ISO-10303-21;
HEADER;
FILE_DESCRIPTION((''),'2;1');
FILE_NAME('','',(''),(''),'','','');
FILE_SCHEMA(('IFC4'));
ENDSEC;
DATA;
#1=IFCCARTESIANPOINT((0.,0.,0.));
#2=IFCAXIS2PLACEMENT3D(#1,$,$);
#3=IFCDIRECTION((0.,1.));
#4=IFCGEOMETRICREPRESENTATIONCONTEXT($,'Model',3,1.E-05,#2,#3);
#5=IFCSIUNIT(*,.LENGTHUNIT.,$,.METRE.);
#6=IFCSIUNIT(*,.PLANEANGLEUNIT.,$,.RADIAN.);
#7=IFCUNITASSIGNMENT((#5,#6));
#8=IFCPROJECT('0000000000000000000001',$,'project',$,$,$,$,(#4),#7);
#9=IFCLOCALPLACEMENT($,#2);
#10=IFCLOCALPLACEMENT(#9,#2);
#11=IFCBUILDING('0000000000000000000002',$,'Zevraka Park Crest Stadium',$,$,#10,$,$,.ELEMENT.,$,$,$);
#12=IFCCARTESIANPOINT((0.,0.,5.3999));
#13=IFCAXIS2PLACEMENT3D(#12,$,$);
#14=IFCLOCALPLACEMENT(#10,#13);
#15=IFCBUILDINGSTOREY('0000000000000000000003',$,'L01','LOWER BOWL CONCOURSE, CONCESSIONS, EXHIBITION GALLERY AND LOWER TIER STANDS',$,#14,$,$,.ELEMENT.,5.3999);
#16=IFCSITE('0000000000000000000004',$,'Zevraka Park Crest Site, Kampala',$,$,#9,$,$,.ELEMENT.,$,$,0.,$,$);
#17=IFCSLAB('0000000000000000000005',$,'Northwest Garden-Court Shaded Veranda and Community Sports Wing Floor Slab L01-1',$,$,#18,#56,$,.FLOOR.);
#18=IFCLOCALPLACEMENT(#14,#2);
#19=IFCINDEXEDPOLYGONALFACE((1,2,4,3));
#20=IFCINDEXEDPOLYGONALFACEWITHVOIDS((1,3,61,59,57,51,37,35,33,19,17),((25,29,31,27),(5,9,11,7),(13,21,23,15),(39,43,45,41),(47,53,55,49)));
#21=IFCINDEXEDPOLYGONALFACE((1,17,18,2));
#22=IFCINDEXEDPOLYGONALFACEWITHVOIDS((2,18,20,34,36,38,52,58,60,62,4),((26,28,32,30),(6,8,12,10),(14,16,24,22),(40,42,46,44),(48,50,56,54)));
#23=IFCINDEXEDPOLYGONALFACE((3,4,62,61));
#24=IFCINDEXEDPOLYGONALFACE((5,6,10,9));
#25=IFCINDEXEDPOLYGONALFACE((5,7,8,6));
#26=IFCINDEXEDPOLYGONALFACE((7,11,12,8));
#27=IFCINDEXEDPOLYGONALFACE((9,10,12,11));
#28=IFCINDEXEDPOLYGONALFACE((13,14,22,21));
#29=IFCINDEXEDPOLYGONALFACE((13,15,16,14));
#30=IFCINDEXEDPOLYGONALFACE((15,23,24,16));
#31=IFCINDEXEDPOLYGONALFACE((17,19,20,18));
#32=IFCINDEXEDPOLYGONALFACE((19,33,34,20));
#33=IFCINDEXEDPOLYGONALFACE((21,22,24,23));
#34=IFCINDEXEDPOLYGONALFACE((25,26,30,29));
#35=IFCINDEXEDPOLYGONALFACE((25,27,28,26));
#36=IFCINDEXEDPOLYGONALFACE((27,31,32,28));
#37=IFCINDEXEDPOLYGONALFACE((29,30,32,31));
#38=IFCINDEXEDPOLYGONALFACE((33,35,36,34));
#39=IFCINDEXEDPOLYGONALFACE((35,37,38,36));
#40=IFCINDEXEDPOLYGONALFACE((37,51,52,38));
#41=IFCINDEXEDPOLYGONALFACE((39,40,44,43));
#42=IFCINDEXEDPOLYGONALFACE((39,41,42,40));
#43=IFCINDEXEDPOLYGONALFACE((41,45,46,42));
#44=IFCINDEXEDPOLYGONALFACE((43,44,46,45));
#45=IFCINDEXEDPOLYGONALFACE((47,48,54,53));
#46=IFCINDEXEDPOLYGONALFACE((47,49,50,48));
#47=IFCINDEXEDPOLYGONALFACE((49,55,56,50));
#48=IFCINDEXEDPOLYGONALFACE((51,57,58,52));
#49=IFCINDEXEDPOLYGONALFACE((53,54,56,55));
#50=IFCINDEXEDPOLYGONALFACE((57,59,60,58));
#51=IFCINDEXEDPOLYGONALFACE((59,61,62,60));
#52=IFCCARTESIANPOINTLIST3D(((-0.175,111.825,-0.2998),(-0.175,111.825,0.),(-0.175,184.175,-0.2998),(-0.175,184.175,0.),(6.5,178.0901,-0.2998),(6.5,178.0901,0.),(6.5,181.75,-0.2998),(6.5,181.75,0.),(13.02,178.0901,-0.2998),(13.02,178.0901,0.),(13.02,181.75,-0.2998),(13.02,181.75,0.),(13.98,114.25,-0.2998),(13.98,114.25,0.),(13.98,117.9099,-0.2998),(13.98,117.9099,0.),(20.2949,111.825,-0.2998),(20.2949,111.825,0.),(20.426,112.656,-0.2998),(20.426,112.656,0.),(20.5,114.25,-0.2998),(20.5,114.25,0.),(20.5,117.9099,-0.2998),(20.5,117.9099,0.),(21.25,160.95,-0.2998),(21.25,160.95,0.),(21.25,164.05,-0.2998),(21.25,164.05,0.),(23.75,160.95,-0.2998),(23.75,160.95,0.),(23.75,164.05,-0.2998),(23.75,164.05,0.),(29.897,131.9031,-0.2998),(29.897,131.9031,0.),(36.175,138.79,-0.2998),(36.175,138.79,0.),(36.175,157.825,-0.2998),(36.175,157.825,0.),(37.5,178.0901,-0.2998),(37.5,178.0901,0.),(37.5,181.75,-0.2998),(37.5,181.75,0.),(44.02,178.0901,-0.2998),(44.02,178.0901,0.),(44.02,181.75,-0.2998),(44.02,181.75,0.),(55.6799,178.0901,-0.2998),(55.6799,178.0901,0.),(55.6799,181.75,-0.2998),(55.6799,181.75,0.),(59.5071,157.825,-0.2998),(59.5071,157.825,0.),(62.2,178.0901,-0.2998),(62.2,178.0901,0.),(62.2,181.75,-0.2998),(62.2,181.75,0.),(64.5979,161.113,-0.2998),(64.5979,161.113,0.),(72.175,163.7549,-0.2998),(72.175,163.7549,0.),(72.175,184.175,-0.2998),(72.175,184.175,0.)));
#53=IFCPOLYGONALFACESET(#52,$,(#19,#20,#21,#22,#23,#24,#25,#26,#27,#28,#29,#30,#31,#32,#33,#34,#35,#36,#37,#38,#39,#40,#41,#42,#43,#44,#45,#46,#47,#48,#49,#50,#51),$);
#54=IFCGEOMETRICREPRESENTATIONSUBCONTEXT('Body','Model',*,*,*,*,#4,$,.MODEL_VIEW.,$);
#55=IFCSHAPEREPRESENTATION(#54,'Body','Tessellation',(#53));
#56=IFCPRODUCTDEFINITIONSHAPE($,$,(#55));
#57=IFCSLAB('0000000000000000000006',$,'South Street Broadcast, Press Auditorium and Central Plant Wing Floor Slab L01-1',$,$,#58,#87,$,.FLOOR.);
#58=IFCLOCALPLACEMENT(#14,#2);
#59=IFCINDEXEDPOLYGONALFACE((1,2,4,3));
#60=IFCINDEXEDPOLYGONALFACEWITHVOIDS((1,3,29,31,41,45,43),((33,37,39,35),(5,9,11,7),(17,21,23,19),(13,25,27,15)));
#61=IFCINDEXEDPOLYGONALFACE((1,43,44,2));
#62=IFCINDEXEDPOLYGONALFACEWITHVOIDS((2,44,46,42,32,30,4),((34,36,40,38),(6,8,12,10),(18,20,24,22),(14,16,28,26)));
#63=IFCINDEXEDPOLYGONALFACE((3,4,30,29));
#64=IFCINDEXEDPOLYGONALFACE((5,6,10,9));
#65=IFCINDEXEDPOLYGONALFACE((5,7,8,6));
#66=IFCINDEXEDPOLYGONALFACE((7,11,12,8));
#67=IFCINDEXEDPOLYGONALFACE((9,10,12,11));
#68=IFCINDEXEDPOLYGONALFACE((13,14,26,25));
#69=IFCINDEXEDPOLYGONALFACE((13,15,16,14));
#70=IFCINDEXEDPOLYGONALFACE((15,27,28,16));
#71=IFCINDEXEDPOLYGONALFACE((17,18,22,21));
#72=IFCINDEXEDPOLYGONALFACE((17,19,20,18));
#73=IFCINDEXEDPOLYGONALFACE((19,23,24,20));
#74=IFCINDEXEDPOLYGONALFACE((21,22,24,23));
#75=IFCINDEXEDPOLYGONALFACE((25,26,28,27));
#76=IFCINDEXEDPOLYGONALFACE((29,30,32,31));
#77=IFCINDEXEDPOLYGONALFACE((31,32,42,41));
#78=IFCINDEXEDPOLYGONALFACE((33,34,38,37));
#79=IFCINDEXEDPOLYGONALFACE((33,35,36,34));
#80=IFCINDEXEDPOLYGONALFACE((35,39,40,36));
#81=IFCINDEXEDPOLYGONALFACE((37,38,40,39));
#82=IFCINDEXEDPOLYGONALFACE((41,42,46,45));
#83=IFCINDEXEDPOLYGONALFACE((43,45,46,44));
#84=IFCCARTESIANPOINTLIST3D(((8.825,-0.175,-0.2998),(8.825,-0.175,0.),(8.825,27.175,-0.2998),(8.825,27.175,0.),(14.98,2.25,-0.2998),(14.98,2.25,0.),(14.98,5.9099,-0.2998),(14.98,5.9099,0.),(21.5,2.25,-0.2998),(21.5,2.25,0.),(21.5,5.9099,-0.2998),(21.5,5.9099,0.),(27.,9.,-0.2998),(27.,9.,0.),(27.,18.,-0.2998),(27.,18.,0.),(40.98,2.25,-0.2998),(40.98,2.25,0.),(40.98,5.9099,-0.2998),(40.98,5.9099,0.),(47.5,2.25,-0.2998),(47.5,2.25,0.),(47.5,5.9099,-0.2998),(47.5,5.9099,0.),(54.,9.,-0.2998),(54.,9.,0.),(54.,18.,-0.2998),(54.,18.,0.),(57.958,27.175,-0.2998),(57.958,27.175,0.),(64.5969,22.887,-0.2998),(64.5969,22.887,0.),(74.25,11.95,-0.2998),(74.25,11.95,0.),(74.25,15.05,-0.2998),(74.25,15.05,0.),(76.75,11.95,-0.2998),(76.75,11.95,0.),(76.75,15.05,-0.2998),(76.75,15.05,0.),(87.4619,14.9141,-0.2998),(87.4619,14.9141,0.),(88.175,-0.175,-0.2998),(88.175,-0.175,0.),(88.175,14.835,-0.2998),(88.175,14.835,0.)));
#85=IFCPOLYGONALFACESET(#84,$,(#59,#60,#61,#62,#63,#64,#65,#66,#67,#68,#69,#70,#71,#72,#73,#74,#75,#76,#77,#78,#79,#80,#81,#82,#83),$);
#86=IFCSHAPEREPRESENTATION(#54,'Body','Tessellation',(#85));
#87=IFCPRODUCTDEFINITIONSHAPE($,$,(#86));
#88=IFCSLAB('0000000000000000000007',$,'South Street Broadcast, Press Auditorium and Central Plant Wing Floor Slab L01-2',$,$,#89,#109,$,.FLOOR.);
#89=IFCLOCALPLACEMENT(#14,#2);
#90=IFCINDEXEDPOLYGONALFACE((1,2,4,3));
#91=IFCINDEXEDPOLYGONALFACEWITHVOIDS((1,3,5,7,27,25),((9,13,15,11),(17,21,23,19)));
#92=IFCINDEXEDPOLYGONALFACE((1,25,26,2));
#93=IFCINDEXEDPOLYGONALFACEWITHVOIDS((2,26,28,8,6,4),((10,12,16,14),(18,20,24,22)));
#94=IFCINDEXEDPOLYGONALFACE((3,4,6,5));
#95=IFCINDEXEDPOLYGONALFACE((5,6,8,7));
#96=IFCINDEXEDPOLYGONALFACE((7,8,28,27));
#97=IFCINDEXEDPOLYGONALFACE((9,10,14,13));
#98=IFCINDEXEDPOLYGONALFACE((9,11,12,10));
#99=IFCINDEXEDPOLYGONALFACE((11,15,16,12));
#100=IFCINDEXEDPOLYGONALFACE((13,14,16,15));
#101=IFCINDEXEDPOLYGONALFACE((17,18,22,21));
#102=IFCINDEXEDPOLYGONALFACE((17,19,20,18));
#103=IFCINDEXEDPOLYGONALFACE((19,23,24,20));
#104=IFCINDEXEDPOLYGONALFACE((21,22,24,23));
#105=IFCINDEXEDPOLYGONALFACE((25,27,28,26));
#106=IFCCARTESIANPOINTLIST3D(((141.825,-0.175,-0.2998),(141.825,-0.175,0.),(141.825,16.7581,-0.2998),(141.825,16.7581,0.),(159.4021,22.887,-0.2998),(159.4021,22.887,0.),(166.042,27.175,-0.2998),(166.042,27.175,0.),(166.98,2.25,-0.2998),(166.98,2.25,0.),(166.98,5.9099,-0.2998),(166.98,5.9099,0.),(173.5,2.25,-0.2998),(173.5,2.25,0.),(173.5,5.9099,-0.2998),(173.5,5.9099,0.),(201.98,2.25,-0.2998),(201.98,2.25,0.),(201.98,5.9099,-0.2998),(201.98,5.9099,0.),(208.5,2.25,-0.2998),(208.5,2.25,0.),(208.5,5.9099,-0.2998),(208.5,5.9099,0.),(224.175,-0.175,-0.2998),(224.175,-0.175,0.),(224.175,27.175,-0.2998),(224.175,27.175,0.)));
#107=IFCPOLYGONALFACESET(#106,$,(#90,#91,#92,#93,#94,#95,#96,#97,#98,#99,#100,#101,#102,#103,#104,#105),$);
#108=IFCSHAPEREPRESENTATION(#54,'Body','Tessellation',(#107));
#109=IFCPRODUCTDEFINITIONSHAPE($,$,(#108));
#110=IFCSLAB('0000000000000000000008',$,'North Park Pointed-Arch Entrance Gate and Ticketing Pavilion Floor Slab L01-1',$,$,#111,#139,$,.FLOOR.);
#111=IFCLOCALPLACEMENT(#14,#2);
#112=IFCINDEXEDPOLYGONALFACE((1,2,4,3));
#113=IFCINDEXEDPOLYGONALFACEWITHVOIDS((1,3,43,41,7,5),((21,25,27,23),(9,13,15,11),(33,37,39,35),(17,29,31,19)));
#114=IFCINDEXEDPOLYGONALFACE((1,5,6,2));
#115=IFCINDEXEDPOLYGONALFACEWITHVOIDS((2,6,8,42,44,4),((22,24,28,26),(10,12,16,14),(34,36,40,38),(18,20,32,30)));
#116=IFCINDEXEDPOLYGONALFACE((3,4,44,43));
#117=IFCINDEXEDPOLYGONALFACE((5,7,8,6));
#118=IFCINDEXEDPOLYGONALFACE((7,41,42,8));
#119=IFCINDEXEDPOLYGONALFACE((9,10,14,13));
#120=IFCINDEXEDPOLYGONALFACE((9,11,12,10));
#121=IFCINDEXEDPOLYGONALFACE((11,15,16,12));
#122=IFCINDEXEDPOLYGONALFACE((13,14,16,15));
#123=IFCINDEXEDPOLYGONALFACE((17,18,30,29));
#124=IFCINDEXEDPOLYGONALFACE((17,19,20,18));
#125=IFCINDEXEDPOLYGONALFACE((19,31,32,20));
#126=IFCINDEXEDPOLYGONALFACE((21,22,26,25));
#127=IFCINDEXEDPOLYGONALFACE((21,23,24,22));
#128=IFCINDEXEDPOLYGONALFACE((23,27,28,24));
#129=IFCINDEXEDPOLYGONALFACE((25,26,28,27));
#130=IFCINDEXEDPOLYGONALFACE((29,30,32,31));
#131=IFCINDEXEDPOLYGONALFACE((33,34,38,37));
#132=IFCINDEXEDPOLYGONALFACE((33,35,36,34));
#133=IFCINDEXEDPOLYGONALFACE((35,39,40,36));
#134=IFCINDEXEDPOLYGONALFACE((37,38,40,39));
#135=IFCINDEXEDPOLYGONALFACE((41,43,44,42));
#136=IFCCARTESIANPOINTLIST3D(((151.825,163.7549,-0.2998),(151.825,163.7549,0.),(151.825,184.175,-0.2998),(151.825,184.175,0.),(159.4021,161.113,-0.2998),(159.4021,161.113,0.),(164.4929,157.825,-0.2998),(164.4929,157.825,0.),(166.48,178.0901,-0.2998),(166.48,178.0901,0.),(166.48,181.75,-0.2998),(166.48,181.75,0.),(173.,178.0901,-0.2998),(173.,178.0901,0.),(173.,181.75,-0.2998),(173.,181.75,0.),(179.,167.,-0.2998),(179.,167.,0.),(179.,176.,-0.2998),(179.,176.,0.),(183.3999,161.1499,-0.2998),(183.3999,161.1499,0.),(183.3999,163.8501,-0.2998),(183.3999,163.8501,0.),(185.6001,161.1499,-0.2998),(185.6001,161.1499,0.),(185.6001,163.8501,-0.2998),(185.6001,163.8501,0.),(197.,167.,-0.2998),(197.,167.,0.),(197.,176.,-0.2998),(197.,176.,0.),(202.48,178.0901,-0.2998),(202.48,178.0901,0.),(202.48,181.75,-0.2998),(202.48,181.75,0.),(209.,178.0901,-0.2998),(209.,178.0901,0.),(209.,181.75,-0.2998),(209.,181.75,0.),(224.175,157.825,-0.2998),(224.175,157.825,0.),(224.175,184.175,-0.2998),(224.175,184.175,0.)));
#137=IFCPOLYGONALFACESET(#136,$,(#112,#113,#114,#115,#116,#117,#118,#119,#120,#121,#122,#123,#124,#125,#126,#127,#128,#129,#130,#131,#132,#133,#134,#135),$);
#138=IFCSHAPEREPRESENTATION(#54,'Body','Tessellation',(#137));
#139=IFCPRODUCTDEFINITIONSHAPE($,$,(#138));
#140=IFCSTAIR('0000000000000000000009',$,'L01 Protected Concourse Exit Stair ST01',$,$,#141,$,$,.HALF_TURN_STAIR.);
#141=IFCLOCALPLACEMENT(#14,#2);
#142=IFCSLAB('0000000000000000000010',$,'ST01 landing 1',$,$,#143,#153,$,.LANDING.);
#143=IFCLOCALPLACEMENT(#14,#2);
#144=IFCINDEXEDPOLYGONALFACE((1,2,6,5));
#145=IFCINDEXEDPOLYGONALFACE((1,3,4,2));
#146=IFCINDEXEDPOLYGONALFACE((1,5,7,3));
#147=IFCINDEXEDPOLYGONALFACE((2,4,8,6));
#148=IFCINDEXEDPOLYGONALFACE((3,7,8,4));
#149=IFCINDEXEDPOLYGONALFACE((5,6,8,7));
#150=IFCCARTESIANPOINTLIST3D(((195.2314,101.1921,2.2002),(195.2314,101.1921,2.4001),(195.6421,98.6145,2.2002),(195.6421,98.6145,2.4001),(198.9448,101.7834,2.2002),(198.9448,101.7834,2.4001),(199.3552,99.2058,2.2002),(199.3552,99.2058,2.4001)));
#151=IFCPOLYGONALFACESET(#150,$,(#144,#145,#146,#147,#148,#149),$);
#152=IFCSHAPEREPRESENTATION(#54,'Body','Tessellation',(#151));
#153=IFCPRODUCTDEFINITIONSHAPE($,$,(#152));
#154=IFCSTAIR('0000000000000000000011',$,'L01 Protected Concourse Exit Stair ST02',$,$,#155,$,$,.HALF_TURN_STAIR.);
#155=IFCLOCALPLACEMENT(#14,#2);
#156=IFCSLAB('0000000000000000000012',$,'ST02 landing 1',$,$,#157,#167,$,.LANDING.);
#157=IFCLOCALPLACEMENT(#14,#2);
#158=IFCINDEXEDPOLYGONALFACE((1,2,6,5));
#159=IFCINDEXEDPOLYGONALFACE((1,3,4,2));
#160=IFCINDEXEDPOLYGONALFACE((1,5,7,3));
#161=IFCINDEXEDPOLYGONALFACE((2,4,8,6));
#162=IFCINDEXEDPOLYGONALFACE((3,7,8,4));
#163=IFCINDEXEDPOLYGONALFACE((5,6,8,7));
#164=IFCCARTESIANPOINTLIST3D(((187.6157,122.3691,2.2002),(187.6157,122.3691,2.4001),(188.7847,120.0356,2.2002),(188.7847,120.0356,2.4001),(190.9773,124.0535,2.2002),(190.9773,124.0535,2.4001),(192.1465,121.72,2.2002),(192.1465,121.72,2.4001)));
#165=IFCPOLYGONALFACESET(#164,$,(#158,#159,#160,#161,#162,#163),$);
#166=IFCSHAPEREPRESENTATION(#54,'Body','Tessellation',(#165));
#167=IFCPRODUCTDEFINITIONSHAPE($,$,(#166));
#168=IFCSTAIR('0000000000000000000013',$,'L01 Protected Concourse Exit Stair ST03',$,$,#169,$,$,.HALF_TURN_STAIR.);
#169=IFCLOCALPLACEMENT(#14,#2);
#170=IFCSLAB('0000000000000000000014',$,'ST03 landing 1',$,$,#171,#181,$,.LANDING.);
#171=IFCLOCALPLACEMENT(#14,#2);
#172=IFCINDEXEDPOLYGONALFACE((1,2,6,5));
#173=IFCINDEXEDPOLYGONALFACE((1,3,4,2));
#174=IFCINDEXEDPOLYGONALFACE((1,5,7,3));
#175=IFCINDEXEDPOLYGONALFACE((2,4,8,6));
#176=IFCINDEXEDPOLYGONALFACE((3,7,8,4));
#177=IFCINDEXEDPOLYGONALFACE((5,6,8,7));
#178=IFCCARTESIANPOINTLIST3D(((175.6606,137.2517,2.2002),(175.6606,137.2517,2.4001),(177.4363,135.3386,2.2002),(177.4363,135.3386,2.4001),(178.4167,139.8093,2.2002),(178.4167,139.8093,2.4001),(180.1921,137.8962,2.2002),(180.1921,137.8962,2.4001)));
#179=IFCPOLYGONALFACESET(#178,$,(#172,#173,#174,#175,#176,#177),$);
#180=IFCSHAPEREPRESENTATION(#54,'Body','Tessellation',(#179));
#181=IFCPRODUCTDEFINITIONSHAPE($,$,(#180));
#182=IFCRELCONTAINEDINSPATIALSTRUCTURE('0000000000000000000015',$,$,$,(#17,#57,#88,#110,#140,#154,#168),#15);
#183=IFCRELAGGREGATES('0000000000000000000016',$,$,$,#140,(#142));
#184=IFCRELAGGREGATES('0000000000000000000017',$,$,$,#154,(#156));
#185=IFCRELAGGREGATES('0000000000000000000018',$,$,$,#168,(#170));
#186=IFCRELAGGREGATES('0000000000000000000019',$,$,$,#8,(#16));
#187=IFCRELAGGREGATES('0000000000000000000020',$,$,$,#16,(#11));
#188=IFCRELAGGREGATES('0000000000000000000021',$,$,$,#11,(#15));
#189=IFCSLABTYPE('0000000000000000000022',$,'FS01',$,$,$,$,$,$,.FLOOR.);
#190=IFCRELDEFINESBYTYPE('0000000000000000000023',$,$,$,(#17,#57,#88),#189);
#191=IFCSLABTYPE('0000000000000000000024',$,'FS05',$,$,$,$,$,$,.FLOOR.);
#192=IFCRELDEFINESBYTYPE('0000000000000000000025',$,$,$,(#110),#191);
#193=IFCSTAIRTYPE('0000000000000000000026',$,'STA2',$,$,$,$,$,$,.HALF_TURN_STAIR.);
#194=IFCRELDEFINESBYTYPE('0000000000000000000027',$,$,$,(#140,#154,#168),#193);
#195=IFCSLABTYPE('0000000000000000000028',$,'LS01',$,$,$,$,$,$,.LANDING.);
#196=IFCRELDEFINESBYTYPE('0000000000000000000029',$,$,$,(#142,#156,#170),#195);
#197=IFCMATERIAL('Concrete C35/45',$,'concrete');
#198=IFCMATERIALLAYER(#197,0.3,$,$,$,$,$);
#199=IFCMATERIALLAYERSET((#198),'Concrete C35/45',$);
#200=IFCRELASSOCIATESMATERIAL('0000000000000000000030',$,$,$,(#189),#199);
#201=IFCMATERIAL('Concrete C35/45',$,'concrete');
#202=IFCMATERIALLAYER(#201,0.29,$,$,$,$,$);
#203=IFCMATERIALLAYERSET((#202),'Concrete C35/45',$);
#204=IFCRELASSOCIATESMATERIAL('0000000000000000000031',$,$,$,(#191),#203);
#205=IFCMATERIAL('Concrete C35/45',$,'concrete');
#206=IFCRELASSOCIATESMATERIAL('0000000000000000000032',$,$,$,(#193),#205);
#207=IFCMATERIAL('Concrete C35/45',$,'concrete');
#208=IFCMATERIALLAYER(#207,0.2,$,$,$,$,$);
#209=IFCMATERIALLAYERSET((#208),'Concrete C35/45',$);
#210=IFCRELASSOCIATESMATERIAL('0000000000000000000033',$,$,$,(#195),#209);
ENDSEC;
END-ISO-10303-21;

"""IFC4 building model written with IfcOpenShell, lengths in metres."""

from ifc_helpers import new_model, si_unit, direction, frame, origin, place, context, subcontext, project, spatial, polyline, outline, extrude, material, layer, layer_set, type_object, element, aggregate, save


model = new_model("IFC4")

# Units and contexts
model_context = context("Model", 3, precision=1e-05, world=origin(), true_north=direction((0.0, 1.0)))
body_context = subcontext(model_context, "Body", "Model", "MODEL_VIEW")
ifc_project = project(units=[si_unit("LENGTHUNIT", "METRE"), si_unit("PLANEANGLEUNIT", "RADIAN")], contexts=[model_context])

# Site, building, storey
site_placement = place(None, origin())
site = spatial("IfcSite", under=ifc_project, at=site_placement, Name="Zevraka Park Crest Site, Kampala", CompositionType="ELEMENT", RefElevation=0.0)
building_placement = place(site_placement, origin())
building = spatial("IfcBuilding", under=site, at=building_placement, Name="Zevraka Park Crest Stadium", CompositionType="ELEMENT")
storey_placement = place(building_placement, frame((0.0, 0.0, 5.3999)))
storey = spatial("IfcBuildingStorey", under=building, at=storey_placement, Name="L01", Description="LOWER BOWL CONCOURSE, CONCESSIONS, EXHIBITION GALLERY AND LOWER TIER STANDS", CompositionType="ELEMENT", Elevation=5.3999)

# Slabs
ifc_material_1 = material(Name="Concrete C35/45", Category="concrete")
ifc_layer_1 = layer(ifc_material_1, 0.3)
ifc_layer_set_1 = layer_set([ifc_layer_1], Name="Concrete C35/45")
slab_type_1 = type_object("IfcSlabType", Name="FS01", PredefinedType="FLOOR", material=ifc_layer_set_1)
slab_1_placement = place(storey_placement, frame((0.0, 0.0, -0.2998)))
element("IfcSlab", 1, at=slab_1_placement, inside=storey, type_object=slab_type_1, Name="Northwest Garden-Court Shaded Veranda and Community Sports Wing Floor Slab L01-1", PredefinedType="FLOOR", context=body_context, shape_type="SweptSolid", body=[
    extrude(outline(polyline([(-0.175, 184.175), (72.175, 184.175), (72.175, 163.7549), (64.5979, 161.113), (59.5071, 157.825), (36.175, 157.825), (36.175, 138.79), (29.897, 131.9031), (20.426, 112.656), (20.2949, 111.825), (-0.175, 111.825), (-0.175, 184.175)]), holes=[polyline([(13.98, 117.9099), (13.98, 114.25), (20.5, 114.25), (20.5, 117.9099), (13.98, 117.9099)]), polyline([(21.25, 164.05), (21.25, 160.95), (23.75, 160.95), (23.75, 164.05), (21.25, 164.05)]), polyline([(13.02, 178.0901), (13.02, 181.75), (6.5, 181.75), (6.5, 178.0901), (13.02, 178.0901)]), polyline([(37.5, 178.0901), (44.02, 178.0901), (44.02, 181.75), (37.5, 181.75), (37.5, 178.0901)]), polyline([(62.2, 181.75), (55.6799, 181.75), (55.6799, 178.0901), (62.2, 178.0901), (62.2, 181.75)])]), origin(), (0.0, 0.0, 1.0), 0.2998),
])
slab_2_placement = place(storey_placement, frame((0.0, 0.0, -0.2998)))
element("IfcSlab", 2, at=slab_2_placement, inside=storey, type_object=slab_type_1, Name="South Street Broadcast, Press Auditorium and Central Plant Wing Floor Slab L01-1", PredefinedType="FLOOR", context=body_context, shape_type="SweptSolid", body=[
    extrude(outline(polyline([(87.4619, 14.9141), (88.175, 14.835), (88.175, -0.175), (8.825, -0.175), (8.825, 27.175), (57.958, 27.175), (64.5969, 22.887), (87.4619, 14.9141)]), holes=[polyline([(54.0, 18.0), (27.0, 18.0), (27.0, 9.0), (54.0, 9.0), (54.0, 18.0)]), polyline([(14.98, 2.25), (21.5, 2.25), (21.5, 5.9099), (14.98, 5.9099), (14.98, 2.25)]), polyline([(40.98, 5.9099), (40.98, 2.25), (47.5, 2.25), (47.5, 5.9099), (40.98, 5.9099)]), polyline([(74.25, 15.05), (74.25, 11.95), (76.75, 11.95), (76.75, 15.05), (74.25, 15.05)])]), origin(), (0.0, 0.0, 1.0), 0.2998),
])
slab_3_placement = place(storey_placement, frame((0.0, 0.0, -0.2998)))
element("IfcSlab", 3, at=slab_3_placement, inside=storey, type_object=slab_type_1, Name="South Street Broadcast, Press Auditorium and Central Plant Wing Floor Slab L01-2", PredefinedType="FLOOR", context=body_context, shape_type="SweptSolid", body=[
    extrude(outline(polyline([(141.825, -0.175), (141.825, 16.7581), (159.4021, 22.887), (166.042, 27.175), (224.175, 27.175), (224.175, -0.175), (141.825, -0.175)]), holes=[polyline([(166.98, 2.25), (173.5, 2.25), (173.5, 5.9099), (166.98, 5.9099), (166.98, 2.25)]), polyline([(201.98, 2.25), (208.5, 2.25), (208.5, 5.9099), (201.98, 5.9099), (201.98, 2.25)])]), origin(), (0.0, 0.0, 1.0), 0.2998),
])
ifc_material_2 = material(Name="Concrete C35/45", Category="concrete")
ifc_layer_2 = layer(ifc_material_2, 0.29)
ifc_layer_set_2 = layer_set([ifc_layer_2], Name="Concrete C35/45")
slab_type_2 = type_object("IfcSlabType", Name="FS05", PredefinedType="FLOOR", material=ifc_layer_set_2)
slab_4_placement = place(storey_placement, frame((0.0, 0.0, -0.2998)))
element("IfcSlab", 4, at=slab_4_placement, inside=storey, type_object=slab_type_2, Name="North Park Pointed-Arch Entrance Gate and Ticketing Pavilion Floor Slab L01-1", PredefinedType="FLOOR", context=body_context, shape_type="SweptSolid", body=[
    extrude(outline(polyline([(224.175, 157.825), (164.4929, 157.825), (159.4021, 161.113), (151.825, 163.7549), (151.825, 184.175), (224.175, 184.175), (224.175, 157.825)]), holes=[polyline([(197.0, 176.0), (179.0, 176.0), (179.0, 167.0), (197.0, 167.0), (197.0, 176.0)]), polyline([(183.3999, 161.1499), (185.6001, 161.1499), (185.6001, 163.8501), (183.3999, 163.8501), (183.3999, 161.1499)]), polyline([(166.48, 181.75), (166.48, 178.0901), (173.0, 178.0901), (173.0, 181.75), (166.48, 181.75)]), polyline([(202.48, 181.75), (202.48, 178.0901), (209.0, 178.0901), (209.0, 181.75), (202.48, 181.75)])]), origin(), (0.0, 0.0, 1.0), 0.2998),
])

# Stairs, slabs
ifc_material_3 = material(Name="Concrete C35/45", Category="concrete")
stair_type = type_object("IfcStairType", Name="STA2", PredefinedType="HALF_TURN_STAIR", material=ifc_material_3)
stair_1_placement = place(storey_placement, origin())
stair_1 = element("IfcStair", 5, at=stair_1_placement, inside=storey, type_object=stair_type, Name="L01 Protected Concourse Exit Stair ST01", PredefinedType="HALF_TURN_STAIR")
ifc_material_4 = material(Name="Concrete C35/45", Category="concrete")
ifc_layer_3 = layer(ifc_material_4, 0.2)
ifc_layer_set_3 = layer_set([ifc_layer_3], Name="Concrete C35/45")
slab_type_3 = type_object("IfcSlabType", Name="LS01", PredefinedType="LANDING", material=ifc_layer_set_3)
slab_5_placement = place(storey_placement, frame((0.0, 0.0, 2.2002)))
slab_5 = element("IfcSlab", 6, at=slab_5_placement, type_object=slab_type_3, Name="ST01 landing 1", PredefinedType="LANDING", context=body_context, shape_type="SweptSolid", body=[
    extrude(outline(polyline([(199.3552, 99.2058), (198.9448, 101.7834), (195.2314, 101.1921), (195.6421, 98.6145), (199.3552, 99.2058)])), origin(), (0.0, 0.0, 1.0), 0.2),
])
aggregate(stair_1, [slab_5])
stair_2_placement = place(storey_placement, origin())
stair_2 = element("IfcStair", 7, at=stair_2_placement, inside=storey, type_object=stair_type, Name="L01 Protected Concourse Exit Stair ST02", PredefinedType="HALF_TURN_STAIR")
slab_6_placement = place(storey_placement, frame((0.0, 0.0, 2.2002)))
slab_6 = element("IfcSlab", 8, at=slab_6_placement, type_object=slab_type_3, Name="ST02 landing 1", PredefinedType="LANDING", context=body_context, shape_type="SweptSolid", body=[
    extrude(outline(polyline([(192.1465, 121.72), (190.9773, 124.0535), (187.6157, 122.3691), (188.7847, 120.0356), (192.1465, 121.72)])), origin(), (0.0, 0.0, 1.0), 0.2),
])
aggregate(stair_2, [slab_6])
stair_3_placement = place(storey_placement, origin())
stair_3 = element("IfcStair", 9, at=stair_3_placement, inside=storey, type_object=stair_type, Name="L01 Protected Concourse Exit Stair ST03", PredefinedType="HALF_TURN_STAIR")
slab_7_placement = place(storey_placement, frame((0.0, 0.0, 2.2002)))
slab_7 = element("IfcSlab", 10, at=slab_7_placement, type_object=slab_type_3, Name="ST03 landing 1", PredefinedType="LANDING", context=body_context, shape_type="SweptSolid", body=[
    extrude(outline(polyline([(180.1921, 137.8962), (178.4167, 139.8093), (175.6606, 137.2517), (177.4363, 135.3386), (180.1921, 137.8962)])), origin(), (0.0, 0.0, 1.0), 0.2),
])
aggregate(stair_3, [slab_7])

save(model, "model.ifc")
